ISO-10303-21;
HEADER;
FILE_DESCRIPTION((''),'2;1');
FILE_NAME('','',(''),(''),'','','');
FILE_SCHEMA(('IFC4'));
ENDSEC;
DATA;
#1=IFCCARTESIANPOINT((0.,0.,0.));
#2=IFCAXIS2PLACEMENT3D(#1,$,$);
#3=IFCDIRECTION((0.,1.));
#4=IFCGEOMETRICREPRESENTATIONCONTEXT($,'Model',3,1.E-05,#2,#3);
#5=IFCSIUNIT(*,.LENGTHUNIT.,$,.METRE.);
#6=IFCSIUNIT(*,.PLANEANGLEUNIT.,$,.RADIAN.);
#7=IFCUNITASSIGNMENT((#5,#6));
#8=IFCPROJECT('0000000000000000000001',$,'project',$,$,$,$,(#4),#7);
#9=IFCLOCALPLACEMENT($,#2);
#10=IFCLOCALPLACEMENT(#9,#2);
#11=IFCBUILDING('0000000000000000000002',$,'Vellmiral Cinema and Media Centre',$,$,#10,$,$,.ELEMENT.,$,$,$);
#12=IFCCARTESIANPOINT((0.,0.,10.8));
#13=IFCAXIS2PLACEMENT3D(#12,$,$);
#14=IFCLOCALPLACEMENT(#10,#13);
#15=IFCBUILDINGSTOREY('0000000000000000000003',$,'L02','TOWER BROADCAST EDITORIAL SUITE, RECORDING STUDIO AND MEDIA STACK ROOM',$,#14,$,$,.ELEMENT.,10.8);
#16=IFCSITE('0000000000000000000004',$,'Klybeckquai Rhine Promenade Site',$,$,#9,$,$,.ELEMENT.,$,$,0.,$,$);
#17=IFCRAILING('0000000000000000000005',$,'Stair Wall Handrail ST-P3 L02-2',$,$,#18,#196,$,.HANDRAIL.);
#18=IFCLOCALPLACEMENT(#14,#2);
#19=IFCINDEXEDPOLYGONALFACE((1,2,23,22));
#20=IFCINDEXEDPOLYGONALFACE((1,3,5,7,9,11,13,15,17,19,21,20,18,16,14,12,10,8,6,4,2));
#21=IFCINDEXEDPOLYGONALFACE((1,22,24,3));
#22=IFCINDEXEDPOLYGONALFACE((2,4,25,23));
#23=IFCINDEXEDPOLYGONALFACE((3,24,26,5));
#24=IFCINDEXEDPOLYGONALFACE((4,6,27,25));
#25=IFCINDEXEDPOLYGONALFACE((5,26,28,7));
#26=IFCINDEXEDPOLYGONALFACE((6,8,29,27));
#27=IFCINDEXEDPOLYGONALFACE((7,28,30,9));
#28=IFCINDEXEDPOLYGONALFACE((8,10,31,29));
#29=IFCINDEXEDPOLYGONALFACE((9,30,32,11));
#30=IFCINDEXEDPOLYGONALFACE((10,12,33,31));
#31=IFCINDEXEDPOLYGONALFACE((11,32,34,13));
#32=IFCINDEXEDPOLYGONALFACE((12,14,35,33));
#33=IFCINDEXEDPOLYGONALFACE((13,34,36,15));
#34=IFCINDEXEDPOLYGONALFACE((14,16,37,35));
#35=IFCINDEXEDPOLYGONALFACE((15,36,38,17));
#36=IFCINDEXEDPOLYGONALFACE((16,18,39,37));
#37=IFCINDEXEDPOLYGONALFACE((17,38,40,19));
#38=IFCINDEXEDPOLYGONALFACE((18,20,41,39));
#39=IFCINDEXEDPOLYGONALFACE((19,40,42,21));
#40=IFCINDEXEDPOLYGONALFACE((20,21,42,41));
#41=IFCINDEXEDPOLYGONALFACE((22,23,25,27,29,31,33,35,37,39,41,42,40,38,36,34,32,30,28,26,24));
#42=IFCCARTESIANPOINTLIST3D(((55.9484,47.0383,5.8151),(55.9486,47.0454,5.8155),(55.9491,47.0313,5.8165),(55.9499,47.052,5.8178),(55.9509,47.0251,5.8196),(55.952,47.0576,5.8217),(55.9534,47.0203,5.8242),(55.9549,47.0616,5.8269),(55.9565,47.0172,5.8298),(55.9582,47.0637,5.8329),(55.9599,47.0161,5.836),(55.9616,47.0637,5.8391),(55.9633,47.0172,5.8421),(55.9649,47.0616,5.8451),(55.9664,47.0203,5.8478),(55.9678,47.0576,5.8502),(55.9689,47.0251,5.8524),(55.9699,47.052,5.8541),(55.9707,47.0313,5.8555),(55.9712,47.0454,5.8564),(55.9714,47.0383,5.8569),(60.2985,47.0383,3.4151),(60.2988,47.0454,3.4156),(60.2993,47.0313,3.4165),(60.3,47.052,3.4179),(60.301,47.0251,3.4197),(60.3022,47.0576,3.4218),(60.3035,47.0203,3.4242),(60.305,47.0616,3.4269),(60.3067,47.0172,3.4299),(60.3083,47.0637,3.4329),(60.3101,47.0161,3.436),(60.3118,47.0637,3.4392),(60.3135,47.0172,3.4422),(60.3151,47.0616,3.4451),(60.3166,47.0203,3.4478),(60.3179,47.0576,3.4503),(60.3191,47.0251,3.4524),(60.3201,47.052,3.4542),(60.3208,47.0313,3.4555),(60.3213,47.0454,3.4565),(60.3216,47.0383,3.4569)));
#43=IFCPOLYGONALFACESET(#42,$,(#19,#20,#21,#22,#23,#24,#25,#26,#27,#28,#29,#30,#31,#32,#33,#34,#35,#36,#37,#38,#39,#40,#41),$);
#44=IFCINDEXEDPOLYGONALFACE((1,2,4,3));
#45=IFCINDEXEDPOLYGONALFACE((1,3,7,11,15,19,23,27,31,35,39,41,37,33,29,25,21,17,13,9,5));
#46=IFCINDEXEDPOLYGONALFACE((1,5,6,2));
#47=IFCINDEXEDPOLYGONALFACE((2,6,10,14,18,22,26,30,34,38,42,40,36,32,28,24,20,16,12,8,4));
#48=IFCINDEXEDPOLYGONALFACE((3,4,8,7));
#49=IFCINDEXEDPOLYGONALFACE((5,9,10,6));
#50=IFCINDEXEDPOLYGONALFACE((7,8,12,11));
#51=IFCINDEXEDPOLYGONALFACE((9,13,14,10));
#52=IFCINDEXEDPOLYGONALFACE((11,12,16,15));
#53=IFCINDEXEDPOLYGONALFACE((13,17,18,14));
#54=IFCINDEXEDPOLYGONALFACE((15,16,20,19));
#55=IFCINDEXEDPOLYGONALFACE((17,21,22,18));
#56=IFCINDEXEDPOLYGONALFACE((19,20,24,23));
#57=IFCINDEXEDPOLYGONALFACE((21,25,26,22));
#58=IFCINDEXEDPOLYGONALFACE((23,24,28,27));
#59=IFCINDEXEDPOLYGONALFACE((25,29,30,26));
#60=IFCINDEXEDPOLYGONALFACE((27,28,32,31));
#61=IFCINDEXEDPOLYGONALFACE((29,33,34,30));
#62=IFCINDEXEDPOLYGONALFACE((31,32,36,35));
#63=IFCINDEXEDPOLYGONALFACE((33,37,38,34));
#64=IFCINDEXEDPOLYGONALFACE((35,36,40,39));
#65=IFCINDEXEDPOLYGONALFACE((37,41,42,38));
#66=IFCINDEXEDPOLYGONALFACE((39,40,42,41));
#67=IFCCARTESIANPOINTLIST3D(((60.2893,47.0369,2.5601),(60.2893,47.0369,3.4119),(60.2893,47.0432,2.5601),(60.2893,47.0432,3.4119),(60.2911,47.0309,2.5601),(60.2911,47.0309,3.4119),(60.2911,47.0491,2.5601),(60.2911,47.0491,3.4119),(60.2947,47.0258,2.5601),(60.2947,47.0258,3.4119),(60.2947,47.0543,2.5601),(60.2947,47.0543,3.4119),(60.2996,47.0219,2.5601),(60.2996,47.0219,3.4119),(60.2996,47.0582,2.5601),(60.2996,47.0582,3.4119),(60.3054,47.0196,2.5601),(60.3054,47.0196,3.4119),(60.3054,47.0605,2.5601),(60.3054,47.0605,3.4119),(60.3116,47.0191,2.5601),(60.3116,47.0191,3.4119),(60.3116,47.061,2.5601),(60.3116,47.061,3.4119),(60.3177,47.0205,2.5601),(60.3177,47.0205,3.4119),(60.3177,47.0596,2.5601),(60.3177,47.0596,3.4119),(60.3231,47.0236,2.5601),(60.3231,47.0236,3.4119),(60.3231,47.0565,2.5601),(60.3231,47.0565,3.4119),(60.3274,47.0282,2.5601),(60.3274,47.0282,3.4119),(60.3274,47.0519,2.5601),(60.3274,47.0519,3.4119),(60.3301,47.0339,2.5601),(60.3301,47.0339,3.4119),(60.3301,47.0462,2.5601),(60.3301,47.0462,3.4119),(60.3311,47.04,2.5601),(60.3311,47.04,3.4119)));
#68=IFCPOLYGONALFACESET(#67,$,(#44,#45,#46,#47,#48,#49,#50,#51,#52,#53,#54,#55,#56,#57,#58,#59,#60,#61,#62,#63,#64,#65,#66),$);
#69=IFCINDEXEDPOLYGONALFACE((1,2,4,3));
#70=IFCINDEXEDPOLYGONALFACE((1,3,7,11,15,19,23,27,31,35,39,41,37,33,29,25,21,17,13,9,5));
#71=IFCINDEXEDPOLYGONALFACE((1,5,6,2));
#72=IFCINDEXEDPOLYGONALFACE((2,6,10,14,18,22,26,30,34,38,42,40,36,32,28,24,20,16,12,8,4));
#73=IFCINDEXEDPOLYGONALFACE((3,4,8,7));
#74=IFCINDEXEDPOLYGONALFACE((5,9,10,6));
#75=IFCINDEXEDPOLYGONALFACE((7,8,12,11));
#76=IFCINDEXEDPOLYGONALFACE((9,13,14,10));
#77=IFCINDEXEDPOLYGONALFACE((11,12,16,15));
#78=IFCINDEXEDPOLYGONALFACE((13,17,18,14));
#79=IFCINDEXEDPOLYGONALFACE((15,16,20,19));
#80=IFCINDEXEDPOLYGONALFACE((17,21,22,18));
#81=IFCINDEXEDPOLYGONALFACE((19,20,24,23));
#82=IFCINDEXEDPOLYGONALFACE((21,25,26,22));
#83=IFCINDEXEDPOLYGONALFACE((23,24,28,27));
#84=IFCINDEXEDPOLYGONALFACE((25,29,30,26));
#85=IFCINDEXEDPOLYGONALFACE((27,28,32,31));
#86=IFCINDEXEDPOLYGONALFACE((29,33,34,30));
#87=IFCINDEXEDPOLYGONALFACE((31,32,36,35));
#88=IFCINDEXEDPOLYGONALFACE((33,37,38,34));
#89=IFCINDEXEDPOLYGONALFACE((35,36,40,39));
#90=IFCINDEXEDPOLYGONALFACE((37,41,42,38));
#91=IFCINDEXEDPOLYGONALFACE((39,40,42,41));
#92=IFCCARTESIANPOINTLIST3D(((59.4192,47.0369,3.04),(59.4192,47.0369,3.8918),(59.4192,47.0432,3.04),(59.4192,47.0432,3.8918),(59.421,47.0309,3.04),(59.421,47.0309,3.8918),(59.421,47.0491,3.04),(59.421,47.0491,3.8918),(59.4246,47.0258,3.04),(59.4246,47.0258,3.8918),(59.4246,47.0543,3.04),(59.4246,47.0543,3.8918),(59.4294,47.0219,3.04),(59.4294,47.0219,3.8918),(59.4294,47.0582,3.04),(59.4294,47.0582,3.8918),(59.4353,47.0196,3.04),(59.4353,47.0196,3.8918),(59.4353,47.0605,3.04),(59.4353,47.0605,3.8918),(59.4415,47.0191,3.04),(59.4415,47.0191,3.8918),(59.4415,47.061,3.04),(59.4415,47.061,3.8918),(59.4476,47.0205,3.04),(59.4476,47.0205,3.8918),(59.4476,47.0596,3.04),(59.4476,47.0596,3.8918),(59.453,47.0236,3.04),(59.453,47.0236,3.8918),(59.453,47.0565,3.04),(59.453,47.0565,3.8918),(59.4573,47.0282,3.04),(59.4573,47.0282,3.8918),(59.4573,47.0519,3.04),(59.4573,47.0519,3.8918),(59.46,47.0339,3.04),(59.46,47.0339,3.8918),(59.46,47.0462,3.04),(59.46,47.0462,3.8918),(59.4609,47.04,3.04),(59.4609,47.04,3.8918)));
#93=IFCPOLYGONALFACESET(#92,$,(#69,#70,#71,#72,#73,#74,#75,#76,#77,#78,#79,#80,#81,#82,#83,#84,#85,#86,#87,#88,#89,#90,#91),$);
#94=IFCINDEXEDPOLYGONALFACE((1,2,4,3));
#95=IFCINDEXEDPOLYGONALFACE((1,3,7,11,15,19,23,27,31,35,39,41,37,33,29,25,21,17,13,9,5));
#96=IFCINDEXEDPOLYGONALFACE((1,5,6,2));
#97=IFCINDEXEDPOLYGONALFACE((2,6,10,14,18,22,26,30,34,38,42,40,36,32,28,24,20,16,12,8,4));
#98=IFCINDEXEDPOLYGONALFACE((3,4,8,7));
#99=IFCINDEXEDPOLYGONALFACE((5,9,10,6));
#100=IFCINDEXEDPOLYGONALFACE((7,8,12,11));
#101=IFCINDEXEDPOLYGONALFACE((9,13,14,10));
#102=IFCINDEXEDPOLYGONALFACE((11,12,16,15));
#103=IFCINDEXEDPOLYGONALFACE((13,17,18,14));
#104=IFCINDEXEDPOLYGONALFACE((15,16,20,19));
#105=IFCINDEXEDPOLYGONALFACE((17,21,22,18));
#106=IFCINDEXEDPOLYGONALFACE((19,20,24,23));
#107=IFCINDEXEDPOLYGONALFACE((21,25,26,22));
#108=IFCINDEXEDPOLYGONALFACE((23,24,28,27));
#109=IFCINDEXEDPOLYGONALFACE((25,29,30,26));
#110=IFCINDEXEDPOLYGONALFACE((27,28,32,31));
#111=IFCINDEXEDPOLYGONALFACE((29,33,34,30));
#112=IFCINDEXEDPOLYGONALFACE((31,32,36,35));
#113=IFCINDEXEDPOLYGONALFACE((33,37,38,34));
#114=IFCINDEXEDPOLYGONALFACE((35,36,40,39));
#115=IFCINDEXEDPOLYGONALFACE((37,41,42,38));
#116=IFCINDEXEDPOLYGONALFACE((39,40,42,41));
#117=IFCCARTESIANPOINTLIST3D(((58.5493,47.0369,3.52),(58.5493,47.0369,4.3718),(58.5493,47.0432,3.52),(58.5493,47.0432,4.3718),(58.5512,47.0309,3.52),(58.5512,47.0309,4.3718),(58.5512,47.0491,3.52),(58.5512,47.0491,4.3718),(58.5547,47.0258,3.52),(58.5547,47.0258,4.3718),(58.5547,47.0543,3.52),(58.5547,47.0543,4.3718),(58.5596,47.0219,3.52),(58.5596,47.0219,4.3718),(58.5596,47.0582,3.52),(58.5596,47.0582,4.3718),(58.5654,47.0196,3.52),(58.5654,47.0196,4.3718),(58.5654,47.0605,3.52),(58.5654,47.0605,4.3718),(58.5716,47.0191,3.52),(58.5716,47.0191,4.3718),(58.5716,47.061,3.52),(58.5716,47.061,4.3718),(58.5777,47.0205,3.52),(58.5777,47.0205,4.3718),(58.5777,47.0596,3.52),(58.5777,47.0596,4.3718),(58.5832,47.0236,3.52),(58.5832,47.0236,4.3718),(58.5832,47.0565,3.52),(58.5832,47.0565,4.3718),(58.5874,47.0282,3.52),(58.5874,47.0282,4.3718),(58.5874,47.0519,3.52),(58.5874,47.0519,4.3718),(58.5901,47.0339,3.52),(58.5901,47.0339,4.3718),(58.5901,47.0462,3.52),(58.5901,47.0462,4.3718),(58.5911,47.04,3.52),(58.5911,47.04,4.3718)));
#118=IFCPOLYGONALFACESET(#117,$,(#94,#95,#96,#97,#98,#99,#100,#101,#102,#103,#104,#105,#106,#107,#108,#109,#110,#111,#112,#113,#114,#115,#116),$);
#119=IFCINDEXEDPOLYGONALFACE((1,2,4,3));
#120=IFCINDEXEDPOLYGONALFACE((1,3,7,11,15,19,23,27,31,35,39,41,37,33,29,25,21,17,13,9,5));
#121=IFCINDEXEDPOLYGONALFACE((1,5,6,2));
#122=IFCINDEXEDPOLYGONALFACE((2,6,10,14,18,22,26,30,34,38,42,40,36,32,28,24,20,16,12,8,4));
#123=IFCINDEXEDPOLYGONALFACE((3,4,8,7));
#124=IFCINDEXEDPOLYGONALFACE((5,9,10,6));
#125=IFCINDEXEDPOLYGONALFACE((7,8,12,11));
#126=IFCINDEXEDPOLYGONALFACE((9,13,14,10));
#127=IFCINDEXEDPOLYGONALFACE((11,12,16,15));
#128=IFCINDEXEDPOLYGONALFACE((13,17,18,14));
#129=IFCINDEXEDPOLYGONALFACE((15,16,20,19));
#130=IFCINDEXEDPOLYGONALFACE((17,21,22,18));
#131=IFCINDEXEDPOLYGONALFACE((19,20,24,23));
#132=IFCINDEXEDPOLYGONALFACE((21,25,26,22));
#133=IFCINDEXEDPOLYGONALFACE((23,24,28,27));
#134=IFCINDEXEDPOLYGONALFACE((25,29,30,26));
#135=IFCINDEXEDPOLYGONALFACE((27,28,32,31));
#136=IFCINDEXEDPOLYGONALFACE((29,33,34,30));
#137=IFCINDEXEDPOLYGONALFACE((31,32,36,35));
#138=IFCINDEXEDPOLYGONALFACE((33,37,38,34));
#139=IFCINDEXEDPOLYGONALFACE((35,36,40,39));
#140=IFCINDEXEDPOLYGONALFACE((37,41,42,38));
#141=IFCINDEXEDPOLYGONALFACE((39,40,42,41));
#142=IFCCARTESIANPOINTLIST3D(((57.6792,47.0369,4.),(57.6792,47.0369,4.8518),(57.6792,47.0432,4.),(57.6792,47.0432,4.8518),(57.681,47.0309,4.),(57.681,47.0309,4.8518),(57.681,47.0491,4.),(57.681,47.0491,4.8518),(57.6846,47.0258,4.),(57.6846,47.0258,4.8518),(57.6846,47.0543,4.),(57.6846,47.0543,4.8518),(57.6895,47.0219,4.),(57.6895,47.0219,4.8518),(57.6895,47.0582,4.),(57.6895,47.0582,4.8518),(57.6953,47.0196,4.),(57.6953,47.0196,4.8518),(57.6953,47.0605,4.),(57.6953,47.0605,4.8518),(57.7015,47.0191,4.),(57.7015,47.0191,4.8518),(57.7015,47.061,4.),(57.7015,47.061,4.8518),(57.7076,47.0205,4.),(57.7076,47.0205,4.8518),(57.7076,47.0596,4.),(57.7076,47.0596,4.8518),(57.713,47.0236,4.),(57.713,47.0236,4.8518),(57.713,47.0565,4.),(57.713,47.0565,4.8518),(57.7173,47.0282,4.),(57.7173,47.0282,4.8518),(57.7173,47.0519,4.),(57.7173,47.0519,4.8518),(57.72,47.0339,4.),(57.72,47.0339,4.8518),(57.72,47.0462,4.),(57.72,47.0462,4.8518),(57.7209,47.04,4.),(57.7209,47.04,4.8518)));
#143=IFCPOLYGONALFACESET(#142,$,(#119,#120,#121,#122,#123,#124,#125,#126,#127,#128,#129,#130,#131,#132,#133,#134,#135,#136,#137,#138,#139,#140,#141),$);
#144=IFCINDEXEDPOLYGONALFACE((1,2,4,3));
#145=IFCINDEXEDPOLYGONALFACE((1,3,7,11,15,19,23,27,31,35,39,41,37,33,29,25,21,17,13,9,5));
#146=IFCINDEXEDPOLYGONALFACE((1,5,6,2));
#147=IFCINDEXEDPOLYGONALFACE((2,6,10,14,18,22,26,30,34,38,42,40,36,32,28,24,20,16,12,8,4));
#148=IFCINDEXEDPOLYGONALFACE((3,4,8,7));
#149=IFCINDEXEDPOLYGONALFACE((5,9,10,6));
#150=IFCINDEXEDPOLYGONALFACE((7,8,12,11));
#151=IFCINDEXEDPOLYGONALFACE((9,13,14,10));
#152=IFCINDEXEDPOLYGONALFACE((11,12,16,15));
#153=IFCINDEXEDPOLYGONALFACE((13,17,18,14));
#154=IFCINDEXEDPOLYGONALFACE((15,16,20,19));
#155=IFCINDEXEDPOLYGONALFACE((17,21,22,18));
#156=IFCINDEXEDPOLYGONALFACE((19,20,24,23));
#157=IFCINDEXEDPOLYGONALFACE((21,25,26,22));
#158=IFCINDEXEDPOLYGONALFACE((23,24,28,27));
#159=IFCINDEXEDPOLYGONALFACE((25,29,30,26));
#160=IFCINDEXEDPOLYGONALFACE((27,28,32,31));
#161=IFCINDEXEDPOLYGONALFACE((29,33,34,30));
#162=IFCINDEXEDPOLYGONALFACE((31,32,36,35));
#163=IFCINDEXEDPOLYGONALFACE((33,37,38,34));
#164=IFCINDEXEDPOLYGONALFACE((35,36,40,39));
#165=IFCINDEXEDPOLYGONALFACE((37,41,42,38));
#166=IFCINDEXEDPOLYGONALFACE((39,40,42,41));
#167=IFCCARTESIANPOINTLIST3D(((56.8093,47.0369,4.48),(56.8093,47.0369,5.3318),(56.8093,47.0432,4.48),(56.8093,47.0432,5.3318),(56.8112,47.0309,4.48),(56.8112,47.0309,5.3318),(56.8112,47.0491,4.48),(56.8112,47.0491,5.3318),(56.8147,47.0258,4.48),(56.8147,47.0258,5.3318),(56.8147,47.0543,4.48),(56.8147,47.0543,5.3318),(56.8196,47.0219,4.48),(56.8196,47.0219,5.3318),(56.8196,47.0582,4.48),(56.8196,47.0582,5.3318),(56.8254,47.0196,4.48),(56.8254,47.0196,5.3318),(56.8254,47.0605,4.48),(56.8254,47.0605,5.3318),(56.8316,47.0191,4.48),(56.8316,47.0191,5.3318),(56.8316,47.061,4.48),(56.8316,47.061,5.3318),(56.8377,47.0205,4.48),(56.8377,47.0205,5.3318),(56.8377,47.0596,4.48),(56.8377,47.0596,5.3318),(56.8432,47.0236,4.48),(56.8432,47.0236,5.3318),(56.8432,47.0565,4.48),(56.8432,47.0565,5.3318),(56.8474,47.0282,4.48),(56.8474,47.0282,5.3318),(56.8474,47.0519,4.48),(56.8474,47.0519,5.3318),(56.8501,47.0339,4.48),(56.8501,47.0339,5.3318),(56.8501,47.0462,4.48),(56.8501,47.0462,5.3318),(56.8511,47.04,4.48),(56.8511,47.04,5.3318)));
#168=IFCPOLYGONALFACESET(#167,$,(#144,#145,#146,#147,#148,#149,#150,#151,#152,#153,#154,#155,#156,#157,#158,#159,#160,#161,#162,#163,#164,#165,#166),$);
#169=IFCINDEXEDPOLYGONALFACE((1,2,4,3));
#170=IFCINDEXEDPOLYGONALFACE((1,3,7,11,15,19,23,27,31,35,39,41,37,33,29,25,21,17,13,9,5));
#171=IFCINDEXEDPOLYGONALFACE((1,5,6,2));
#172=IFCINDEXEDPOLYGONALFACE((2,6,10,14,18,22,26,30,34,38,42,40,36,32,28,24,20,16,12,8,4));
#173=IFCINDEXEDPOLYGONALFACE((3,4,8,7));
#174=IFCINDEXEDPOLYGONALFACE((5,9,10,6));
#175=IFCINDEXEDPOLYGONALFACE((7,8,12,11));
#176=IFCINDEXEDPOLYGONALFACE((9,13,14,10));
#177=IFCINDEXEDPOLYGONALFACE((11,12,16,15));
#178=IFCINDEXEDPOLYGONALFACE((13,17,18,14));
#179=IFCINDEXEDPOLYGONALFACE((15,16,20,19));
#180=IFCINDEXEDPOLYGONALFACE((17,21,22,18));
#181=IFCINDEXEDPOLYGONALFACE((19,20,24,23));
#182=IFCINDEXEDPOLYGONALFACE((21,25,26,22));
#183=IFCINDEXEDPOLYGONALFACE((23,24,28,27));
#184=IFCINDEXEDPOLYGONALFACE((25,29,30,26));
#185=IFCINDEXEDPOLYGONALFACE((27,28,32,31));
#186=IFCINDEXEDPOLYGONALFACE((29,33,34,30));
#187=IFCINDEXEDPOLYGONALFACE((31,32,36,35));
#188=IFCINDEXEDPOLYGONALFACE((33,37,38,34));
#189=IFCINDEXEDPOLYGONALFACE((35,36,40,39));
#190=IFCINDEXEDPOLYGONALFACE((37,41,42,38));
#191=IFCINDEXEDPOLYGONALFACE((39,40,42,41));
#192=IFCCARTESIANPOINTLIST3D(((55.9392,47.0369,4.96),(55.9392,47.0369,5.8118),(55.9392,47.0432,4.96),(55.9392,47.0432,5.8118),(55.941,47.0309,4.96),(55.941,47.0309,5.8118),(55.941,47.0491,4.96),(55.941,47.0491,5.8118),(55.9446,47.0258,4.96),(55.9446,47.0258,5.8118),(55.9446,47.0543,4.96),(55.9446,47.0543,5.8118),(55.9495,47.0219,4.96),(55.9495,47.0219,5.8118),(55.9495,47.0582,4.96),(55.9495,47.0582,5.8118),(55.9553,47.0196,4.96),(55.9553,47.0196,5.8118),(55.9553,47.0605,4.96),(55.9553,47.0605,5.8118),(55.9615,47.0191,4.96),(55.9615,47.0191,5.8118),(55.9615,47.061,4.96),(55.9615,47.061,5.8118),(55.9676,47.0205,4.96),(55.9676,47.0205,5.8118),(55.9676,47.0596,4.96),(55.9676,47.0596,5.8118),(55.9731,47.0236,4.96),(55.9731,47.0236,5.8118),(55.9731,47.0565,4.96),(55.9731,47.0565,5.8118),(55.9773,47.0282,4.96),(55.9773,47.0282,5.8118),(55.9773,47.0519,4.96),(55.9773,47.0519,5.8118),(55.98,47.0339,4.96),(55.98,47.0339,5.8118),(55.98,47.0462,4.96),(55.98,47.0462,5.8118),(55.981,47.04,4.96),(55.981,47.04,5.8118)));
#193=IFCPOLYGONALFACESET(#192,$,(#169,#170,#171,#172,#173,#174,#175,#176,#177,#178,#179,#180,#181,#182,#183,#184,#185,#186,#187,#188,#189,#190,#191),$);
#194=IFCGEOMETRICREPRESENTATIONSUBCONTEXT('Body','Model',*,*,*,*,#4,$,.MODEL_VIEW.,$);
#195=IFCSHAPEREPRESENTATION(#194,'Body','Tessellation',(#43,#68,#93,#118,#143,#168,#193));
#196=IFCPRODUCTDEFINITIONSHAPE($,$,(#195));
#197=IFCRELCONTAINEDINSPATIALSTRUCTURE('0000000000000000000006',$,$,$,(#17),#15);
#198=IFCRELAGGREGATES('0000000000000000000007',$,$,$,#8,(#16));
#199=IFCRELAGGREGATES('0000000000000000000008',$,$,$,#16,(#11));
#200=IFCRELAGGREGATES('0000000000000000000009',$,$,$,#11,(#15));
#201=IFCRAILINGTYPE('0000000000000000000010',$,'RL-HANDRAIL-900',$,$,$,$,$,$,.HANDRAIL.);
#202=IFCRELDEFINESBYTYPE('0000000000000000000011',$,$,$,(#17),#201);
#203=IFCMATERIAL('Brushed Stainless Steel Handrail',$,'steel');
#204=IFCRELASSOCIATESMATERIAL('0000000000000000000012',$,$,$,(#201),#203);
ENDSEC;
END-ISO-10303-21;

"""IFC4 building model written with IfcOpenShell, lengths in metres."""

from ifc_helpers import new_model, si_unit, direction, frame, origin, origin_2d, place, context, subcontext, project, spatial, circle, extrude, material, type_object, element, save


model = new_model("IFC4")

# Units and contexts
model_context = context("Model", 3, precision=1e-05, world=origin(), true_north=direction((0.0, 1.0)))
body_context = subcontext(model_context, "Body", "Model", "MODEL_VIEW")
ifc_project = project(units=[si_unit("LENGTHUNIT", "METRE"), si_unit("PLANEANGLEUNIT", "RADIAN")], contexts=[model_context])

# Site, building, storey
site_placement = place(None, origin())
site = spatial("IfcSite", under=ifc_project, at=site_placement, Name="Klybeckquai Rhine Promenade Site", CompositionType="ELEMENT", RefElevation=0.0)
building_placement = place(site_placement, origin())
building = spatial("IfcBuilding", under=site, at=building_placement, Name="Vellmiral Cinema and Media Centre", CompositionType="ELEMENT")
storey_placement = place(building_placement, frame((0.0, 0.0, 10.8)))
storey = spatial("IfcBuildingStorey", under=building, at=storey_placement, Name="L02", Description="TOWER BROADCAST EDITORIAL SUITE, RECORDING STUDIO AND MEDIA STACK ROOM", CompositionType="ELEMENT", Elevation=10.8)

# Railing
ifc_material_1 = material(Name="Brushed Stainless Steel Handrail", Category="steel")
railing_type_1 = type_object("IfcRailingType", Name="RL-HANDRAIL-900", PredefinedType="HANDRAIL", material=ifc_material_1)
railing_1_placement = place(storey_placement, frame((60.3101, 47.04, 2.5601)))
element("IfcRailing", 1, at=railing_1_placement, inside=storey, type_object=railing_type_1, Name="Stair Wall Handrail ST-P3 L02-2", PredefinedType="HANDRAIL", context=body_context, shape_type="SweptSolid", body=[
    extrude(circle(Radius=0.0239, at=origin_2d()), frame((0.0, 0.0, 0.876), z_axis=(-0.875591, 0.0, 0.483054), x_axis=(0.0, -1.0, 0.0)), (0.0, 0.0, 1.0), 4.9683),
    extrude(circle(Radius=0.021, at=origin_2d()), origin(), (0.0, 0.0, 1.0), 0.8518),
    extrude(circle(Radius=0.021, at=origin_2d()), frame((-0.8701, 0.0, 0.48)), (0.0, 0.0, 1.0), 0.8518),
    extrude(circle(Radius=0.021, at=origin_2d()), frame((-1.74, 0.0, 0.96)), (0.0, 0.0, 1.0), 0.8518),
    extrude(circle(Radius=0.021, at=origin_2d()), frame((-2.6101, 0.0, 1.4399)), (0.0, 0.0, 1.0), 0.8518),
    extrude(circle(Radius=0.021, at=origin_2d()), frame((-3.48, 0.0, 1.9199)), (0.0, 0.0, 1.0), 0.8518),
    extrude(circle(Radius=0.021, at=origin_2d()), frame((-4.3501, 0.0, 2.3999)), (0.0, 0.0, 1.0), 0.8518),
])

save(model, "model.ifc")
